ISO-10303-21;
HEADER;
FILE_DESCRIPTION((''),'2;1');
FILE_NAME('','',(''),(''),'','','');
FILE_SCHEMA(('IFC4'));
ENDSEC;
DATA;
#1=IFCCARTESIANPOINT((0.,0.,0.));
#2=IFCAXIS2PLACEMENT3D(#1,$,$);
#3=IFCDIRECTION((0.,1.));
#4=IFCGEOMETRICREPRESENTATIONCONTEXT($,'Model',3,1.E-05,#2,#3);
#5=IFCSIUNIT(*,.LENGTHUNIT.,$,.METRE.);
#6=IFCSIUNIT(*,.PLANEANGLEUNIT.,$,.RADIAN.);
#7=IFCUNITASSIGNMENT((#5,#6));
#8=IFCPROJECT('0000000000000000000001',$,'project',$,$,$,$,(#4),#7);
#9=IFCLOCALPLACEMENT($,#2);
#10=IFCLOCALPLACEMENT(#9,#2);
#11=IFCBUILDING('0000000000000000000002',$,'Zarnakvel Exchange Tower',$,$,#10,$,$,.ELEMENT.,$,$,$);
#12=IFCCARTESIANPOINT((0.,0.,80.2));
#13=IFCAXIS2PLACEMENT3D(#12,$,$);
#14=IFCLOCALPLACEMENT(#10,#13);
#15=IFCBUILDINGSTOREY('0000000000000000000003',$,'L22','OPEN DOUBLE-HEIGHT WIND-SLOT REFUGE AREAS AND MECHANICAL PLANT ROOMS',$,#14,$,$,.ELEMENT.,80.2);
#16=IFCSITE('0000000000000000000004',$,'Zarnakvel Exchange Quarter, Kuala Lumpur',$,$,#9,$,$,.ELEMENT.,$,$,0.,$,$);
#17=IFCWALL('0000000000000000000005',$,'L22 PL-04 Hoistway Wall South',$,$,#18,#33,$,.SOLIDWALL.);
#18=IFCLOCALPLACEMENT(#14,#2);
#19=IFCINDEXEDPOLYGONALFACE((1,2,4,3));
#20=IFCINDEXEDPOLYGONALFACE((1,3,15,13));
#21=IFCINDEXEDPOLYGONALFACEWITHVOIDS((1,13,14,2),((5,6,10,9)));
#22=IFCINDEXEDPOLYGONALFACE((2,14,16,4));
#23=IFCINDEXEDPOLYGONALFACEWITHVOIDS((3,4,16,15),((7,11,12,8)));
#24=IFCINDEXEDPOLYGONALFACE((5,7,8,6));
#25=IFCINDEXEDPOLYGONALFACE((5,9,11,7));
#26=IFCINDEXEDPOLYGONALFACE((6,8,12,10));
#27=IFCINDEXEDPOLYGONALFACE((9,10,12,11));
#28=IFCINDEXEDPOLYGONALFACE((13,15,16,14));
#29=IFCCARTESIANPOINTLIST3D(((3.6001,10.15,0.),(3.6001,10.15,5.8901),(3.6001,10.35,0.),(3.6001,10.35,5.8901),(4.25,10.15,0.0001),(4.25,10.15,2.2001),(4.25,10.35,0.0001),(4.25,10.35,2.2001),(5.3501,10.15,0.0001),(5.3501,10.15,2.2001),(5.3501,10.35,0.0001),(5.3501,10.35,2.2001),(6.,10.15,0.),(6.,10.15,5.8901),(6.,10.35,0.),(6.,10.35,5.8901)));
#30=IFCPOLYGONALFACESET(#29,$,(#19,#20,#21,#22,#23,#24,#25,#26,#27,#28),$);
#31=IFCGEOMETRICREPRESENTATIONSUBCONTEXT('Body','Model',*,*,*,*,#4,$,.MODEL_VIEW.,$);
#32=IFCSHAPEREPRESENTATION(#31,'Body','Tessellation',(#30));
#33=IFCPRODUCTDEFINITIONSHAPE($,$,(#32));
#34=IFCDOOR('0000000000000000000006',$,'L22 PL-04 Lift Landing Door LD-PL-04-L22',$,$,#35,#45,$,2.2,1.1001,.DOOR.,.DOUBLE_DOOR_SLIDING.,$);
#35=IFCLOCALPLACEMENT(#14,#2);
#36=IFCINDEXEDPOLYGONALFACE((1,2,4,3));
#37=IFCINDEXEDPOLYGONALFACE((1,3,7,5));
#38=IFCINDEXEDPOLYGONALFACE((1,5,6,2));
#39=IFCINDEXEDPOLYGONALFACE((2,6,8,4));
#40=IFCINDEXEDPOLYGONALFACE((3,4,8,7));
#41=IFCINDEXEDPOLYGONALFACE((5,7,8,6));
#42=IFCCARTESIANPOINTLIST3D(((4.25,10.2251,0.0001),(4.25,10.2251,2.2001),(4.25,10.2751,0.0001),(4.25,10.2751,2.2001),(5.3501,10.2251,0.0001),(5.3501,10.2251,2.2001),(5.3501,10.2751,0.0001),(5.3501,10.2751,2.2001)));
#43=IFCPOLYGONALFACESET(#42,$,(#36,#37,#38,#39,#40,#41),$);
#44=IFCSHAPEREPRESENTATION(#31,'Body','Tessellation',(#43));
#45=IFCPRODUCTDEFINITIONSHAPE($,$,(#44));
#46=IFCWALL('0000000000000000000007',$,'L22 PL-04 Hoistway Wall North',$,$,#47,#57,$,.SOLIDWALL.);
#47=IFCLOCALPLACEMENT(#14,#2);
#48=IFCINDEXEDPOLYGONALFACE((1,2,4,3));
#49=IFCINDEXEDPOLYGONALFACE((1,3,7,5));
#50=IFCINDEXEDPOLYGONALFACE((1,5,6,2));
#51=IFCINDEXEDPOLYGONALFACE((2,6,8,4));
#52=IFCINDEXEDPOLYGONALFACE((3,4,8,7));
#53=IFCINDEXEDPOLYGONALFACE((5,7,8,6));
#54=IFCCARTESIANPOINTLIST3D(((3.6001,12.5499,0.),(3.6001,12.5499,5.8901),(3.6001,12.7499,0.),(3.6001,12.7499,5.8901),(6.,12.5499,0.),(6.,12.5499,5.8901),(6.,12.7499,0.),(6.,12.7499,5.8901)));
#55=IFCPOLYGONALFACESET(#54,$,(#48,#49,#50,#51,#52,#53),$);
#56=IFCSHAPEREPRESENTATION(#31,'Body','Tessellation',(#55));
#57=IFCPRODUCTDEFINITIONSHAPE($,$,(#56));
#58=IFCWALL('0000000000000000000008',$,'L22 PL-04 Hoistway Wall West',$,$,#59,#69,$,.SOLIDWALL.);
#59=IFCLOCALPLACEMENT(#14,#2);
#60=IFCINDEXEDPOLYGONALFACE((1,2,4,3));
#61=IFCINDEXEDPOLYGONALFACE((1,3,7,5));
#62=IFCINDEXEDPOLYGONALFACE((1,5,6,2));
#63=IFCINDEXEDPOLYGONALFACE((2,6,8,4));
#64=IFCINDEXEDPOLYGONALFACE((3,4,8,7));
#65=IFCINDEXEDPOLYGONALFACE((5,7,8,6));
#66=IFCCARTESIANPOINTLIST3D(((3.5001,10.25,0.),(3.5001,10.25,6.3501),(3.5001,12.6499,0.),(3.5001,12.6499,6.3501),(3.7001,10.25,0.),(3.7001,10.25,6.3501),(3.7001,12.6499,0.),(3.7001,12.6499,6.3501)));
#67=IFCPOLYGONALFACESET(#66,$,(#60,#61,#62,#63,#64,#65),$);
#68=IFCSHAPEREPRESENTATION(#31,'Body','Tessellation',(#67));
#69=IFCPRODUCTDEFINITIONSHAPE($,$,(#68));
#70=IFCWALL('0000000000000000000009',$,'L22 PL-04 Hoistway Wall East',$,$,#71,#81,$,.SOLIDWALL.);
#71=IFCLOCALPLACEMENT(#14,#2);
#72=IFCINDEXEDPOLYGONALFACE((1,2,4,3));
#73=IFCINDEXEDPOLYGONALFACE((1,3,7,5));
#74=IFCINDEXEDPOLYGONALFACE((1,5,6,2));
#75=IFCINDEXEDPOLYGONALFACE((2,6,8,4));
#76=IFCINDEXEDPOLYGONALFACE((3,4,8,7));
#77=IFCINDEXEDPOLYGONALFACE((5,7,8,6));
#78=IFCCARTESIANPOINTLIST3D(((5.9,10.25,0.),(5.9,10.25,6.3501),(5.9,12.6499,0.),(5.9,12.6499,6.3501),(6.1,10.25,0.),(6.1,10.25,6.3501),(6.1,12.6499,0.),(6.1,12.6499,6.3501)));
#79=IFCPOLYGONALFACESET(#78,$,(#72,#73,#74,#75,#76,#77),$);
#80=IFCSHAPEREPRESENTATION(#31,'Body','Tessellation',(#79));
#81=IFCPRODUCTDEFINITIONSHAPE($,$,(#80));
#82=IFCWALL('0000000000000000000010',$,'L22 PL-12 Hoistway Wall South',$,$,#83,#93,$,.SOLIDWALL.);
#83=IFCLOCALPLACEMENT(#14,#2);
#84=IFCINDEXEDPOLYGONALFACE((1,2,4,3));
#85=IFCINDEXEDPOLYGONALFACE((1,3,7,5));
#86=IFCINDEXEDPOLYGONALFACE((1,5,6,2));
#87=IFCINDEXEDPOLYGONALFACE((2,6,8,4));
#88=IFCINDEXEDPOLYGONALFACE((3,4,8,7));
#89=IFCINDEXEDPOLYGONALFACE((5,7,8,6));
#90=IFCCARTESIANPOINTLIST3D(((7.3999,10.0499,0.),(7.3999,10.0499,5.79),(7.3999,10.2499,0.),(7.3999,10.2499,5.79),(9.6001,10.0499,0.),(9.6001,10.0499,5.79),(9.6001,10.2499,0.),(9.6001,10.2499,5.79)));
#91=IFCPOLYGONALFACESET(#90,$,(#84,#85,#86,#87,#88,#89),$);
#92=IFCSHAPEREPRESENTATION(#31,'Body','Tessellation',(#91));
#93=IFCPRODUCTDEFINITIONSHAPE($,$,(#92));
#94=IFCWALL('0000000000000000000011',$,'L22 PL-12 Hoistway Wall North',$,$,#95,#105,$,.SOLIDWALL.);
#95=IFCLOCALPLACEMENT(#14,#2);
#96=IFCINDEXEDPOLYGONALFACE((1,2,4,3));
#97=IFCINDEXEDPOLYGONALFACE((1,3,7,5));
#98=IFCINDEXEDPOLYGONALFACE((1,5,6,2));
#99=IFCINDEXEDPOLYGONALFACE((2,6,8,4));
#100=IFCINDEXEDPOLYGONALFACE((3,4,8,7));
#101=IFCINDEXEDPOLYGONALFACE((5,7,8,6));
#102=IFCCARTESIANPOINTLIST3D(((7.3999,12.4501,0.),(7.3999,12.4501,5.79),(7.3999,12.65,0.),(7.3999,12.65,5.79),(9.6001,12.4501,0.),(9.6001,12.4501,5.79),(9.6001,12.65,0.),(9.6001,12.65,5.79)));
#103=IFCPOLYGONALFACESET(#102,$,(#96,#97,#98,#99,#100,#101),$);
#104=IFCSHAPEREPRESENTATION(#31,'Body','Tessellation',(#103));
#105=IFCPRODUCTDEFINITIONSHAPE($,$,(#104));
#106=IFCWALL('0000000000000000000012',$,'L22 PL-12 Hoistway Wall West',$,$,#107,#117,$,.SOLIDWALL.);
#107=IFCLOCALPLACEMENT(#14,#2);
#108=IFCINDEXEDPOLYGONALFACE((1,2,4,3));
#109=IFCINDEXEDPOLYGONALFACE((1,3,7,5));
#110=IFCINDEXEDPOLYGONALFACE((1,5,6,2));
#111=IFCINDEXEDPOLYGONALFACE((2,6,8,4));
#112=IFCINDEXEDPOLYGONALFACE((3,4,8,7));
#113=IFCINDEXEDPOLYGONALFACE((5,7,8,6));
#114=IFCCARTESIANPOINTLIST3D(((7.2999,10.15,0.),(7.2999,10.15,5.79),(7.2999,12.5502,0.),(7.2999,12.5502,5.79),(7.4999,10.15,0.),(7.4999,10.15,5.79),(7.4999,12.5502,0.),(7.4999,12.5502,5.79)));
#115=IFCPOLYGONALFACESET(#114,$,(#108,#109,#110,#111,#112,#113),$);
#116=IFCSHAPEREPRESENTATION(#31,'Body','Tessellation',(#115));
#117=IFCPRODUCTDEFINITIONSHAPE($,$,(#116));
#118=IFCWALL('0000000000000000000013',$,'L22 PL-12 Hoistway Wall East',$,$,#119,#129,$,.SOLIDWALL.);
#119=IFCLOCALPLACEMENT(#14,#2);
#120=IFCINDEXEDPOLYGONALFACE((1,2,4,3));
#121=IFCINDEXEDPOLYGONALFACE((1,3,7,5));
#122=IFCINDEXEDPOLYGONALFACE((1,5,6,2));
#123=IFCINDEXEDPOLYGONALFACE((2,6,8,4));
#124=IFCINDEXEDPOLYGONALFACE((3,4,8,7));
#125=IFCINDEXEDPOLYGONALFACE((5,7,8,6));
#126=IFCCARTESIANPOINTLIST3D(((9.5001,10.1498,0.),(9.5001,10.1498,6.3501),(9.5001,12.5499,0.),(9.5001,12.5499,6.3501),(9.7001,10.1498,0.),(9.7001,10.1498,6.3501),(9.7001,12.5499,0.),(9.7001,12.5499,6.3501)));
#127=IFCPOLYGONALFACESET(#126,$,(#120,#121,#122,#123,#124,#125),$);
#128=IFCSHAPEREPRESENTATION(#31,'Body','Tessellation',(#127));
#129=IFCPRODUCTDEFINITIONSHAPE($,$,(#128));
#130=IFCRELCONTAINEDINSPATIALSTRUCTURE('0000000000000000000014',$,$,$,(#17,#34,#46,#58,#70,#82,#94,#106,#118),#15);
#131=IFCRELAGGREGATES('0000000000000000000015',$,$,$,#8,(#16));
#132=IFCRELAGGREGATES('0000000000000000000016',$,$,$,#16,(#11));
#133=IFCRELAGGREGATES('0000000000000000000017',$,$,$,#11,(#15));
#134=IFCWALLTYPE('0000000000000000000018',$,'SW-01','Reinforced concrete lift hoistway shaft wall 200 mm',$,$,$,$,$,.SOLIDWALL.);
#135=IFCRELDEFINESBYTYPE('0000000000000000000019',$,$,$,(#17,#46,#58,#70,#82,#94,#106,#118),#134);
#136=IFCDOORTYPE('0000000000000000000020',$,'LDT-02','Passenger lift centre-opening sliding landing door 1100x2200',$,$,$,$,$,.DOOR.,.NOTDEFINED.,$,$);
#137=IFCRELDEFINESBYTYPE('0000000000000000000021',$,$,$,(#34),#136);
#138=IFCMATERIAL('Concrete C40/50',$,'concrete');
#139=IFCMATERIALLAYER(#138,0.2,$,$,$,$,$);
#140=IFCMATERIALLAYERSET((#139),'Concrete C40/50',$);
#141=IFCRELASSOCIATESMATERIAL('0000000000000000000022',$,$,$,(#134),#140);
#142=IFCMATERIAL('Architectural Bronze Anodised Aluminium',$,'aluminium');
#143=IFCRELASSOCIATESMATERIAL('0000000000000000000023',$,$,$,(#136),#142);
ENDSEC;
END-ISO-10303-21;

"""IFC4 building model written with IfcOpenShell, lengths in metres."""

from ifc_helpers import new_model, si_unit, direction, frame, frame_2d, origin, place, context, subcontext, project, spatial, rectangle, extrude, source, transform, mapped, material, layer, layer_set, type_object, element, fill, save


model = new_model("IFC4")

# Units and contexts
model_context = context("Model", 3, precision=1e-05, world=origin(), true_north=direction((0.0, 1.0)))
body_context = subcontext(model_context, "Body", "Model", "MODEL_VIEW")
ifc_project = project(units=[si_unit("LENGTHUNIT", "METRE"), si_unit("PLANEANGLEUNIT", "RADIAN")], contexts=[model_context])

# Site, building, storey
site_placement = place(None, origin())
site = spatial("IfcSite", under=ifc_project, at=site_placement, Name="Zarnakvel Exchange Quarter, Kuala Lumpur", CompositionType="ELEMENT", RefElevation=0.0)
building_placement = place(site_placement, origin())
building = spatial("IfcBuilding", under=site, at=building_placement, Name="Zarnakvel Exchange Tower", CompositionType="ELEMENT")
storey_placement = place(building_placement, frame((0.0, 0.0, 80.2)))
storey = spatial("IfcBuildingStorey", under=building, at=storey_placement, Name="L22", Description="OPEN DOUBLE-HEIGHT WIND-SLOT REFUGE AREAS AND MECHANICAL PLANT ROOMS", CompositionType="ELEMENT", Elevation=80.2)

# Shared definitions
ifc_material_1 = material(Name="Concrete C40/50", Category="concrete")
ifc_layer_1 = layer(ifc_material_1, 0.2)
ifc_layer_set_1 = layer_set([ifc_layer_1], Name="Concrete C40/50")
wall_type_1 = type_object("IfcWallType", Name="SW-01", Description="Reinforced concrete lift hoistway shaft wall 200 mm", PredefinedType="SOLIDWALL", material=ifc_layer_set_1)
ifc_material_2 = material(Name="Architectural Bronze Anodised Aluminium", Category="aluminium")
door_type = type_object("IfcDoorType", Name="LDT-02", Description="Passenger lift centre-opening sliding landing door 1100x2200", OperationType="NOTDEFINED", PredefinedType="DOOR", material=ifc_material_2)
shared_shape_1 = source(origin(), body_context, "Body", "SweptSolid", [
    extrude(rectangle(XDim=1.1001, YDim=2.2, at=frame_2d((0.55, 1.1001))), frame((0.0, 0.0249, 0.0), z_axis=(0.0, -1.0, 0.0), x_axis=(1.0, 0.0, 0.0)), (0.0, 0.0, 1.0), 0.05),
])

# Wall, opening, door
wall_1_placement = place(storey_placement, frame((6.0, 10.25, 0.0), z_axis=(0.0, 0.0, 1.0), x_axis=(-1.0, 0.0, 0.0)))
wall_1 = element("IfcWall", 1, at=wall_1_placement, inside=storey, type_object=wall_type_1, Name="L22 PL-04 Hoistway Wall South", PredefinedType="SOLIDWALL", context=body_context, shape_type="SweptSolid", body=[
    extrude(rectangle(XDim=2.3999, YDim=0.2, at=frame_2d((1.2, 0.0))), origin(), (0.0, 0.0, 1.0), 5.8901),
])
opening_1_placement = place(wall_1_placement, frame((0.6499, 0.0, 0.0)))
opening_1 = element("IfcOpeningElement", 2, at=opening_1_placement, cuts=wall_1, PredefinedType="OPENING", context=body_context, shape_type="SweptSolid", body=[
    extrude(rectangle(XDim=1.1001, YDim=2.2, at=frame_2d((0.55, 1.1001))), frame((0.0, 0.1099, 0.0), z_axis=(0.0, -1.0, 0.0), x_axis=(1.0, 0.0, 0.0)), (0.0, 0.0, 1.0), 0.22),
])
door_1_placement = place(opening_1_placement, origin())
door_1 = element("IfcDoor", 3, at=door_1_placement, inside=storey, type_object=door_type, Name="L22 PL-04 Lift Landing Door LD-PL-04-L22", OperationType="DOUBLE_DOOR_SLIDING", OverallHeight=2.2, OverallWidth=1.1001, PredefinedType="DOOR", context=body_context, shape_type="MappedRepresentation", body=[
    mapped(shared_shape_1, transform((0.0, 0.0, 0.0), x_axis=(1.0, 0.0, 0.0), y_axis=(0.0, 1.0, 0.0), z_axis=(0.0, 0.0, 1.0), scale=1.0)),
])
fill(opening_1, door_1)

# Walls
wall_2_placement = place(storey_placement, frame((3.6001, 12.6499, 0.0), z_axis=(0.0, 0.0, 1.0), x_axis=(1.0, 0.0, 0.0)))
element("IfcWall", 4, at=wall_2_placement, inside=storey, type_object=wall_type_1, Name="L22 PL-04 Hoistway Wall North", PredefinedType="SOLIDWALL", context=body_context, shape_type="SweptSolid", body=[
    extrude(rectangle(XDim=2.3999, YDim=0.2, at=frame_2d((1.2, 0.0))), origin(), (0.0, 0.0, 1.0), 5.8901),
])
for number, where, z_axis, x_axis, name in (
    (5, (3.6001, 10.25, 0.0), (0.0, 0.0, 1.0), (0.0, 1.0, 0.0), "L22 PL-04 Hoistway Wall West"),
    (6, (6.0, 12.6499, 0.0), (0.0, 0.0, 1.0), (0.0, -1.0, 0.0), "L22 PL-04 Hoistway Wall East"),
):
    element("IfcWall", number, at=place(storey_placement, frame(where, z_axis=z_axis, x_axis=x_axis)), inside=storey, type_object=wall_type_1, Name=name, PredefinedType="SOLIDWALL", context=body_context, shape_type="SweptSolid", body=[
        extrude(rectangle(XDim=2.3999, YDim=0.2, at=frame_2d((1.2, 0.0))), origin(), (0.0, 0.0, 1.0), 6.3501),
    ])
for number, where, z_axis, x_axis, name in (
    (7, (9.6001, 10.1499, 0.0), (0.0, 0.0, 1.0), (-1.0, 0.0, 0.0), "L22 PL-12 Hoistway Wall South"),
    (8, (7.3999, 12.55, 0.0), (0.0, 0.0, 1.0), (1.0, 0.0, 0.0), "L22 PL-12 Hoistway Wall North"),
):
    element("IfcWall", number, at=place(storey_placement, frame(where, z_axis=z_axis, x_axis=x_axis)), inside=storey, type_object=wall_type_1, Name=name, PredefinedType="SOLIDWALL", context=body_context, shape_type="SweptSolid", body=[
        extrude(rectangle(XDim=2.2002, YDim=0.2, at=frame_2d((1.1001, 0.0))), origin(), (0.0, 0.0, 1.0), 5.79),
    ])
wall_3_placement = place(storey_placement, frame((7.3999, 10.1499, 0.0), z_axis=(0.0, 0.0, 1.0), x_axis=(0.0, 1.0, 0.0)))
element("IfcWall", 9, at=wall_3_placement, inside=storey, type_object=wall_type_1, Name="L22 PL-12 Hoistway Wall West", PredefinedType="SOLIDWALL", context=body_context, shape_type="SweptSolid", body=[
    extrude(rectangle(XDim=2.4001, YDim=0.2, at=frame_2d((1.2002, 0.0))), origin(), (0.0, 0.0, 1.0), 5.79),
])
wall_4_placement = place(storey_placement, frame((9.6001, 12.55, 0.0), z_axis=(0.0, 0.0, 1.0), x_axis=(0.0, -1.0, 0.0)))
element("IfcWall", 10, at=wall_4_placement, inside=storey, type_object=wall_type_1, Name="L22 PL-12 Hoistway Wall East", PredefinedType="SOLIDWALL", context=body_context, shape_type="SweptSolid", body=[
    extrude(rectangle(XDim=2.4001, YDim=0.2, at=frame_2d((1.2002, 0.0))), origin(), (0.0, 0.0, 1.0), 6.3501),
])

save(model, "model.ifc")
